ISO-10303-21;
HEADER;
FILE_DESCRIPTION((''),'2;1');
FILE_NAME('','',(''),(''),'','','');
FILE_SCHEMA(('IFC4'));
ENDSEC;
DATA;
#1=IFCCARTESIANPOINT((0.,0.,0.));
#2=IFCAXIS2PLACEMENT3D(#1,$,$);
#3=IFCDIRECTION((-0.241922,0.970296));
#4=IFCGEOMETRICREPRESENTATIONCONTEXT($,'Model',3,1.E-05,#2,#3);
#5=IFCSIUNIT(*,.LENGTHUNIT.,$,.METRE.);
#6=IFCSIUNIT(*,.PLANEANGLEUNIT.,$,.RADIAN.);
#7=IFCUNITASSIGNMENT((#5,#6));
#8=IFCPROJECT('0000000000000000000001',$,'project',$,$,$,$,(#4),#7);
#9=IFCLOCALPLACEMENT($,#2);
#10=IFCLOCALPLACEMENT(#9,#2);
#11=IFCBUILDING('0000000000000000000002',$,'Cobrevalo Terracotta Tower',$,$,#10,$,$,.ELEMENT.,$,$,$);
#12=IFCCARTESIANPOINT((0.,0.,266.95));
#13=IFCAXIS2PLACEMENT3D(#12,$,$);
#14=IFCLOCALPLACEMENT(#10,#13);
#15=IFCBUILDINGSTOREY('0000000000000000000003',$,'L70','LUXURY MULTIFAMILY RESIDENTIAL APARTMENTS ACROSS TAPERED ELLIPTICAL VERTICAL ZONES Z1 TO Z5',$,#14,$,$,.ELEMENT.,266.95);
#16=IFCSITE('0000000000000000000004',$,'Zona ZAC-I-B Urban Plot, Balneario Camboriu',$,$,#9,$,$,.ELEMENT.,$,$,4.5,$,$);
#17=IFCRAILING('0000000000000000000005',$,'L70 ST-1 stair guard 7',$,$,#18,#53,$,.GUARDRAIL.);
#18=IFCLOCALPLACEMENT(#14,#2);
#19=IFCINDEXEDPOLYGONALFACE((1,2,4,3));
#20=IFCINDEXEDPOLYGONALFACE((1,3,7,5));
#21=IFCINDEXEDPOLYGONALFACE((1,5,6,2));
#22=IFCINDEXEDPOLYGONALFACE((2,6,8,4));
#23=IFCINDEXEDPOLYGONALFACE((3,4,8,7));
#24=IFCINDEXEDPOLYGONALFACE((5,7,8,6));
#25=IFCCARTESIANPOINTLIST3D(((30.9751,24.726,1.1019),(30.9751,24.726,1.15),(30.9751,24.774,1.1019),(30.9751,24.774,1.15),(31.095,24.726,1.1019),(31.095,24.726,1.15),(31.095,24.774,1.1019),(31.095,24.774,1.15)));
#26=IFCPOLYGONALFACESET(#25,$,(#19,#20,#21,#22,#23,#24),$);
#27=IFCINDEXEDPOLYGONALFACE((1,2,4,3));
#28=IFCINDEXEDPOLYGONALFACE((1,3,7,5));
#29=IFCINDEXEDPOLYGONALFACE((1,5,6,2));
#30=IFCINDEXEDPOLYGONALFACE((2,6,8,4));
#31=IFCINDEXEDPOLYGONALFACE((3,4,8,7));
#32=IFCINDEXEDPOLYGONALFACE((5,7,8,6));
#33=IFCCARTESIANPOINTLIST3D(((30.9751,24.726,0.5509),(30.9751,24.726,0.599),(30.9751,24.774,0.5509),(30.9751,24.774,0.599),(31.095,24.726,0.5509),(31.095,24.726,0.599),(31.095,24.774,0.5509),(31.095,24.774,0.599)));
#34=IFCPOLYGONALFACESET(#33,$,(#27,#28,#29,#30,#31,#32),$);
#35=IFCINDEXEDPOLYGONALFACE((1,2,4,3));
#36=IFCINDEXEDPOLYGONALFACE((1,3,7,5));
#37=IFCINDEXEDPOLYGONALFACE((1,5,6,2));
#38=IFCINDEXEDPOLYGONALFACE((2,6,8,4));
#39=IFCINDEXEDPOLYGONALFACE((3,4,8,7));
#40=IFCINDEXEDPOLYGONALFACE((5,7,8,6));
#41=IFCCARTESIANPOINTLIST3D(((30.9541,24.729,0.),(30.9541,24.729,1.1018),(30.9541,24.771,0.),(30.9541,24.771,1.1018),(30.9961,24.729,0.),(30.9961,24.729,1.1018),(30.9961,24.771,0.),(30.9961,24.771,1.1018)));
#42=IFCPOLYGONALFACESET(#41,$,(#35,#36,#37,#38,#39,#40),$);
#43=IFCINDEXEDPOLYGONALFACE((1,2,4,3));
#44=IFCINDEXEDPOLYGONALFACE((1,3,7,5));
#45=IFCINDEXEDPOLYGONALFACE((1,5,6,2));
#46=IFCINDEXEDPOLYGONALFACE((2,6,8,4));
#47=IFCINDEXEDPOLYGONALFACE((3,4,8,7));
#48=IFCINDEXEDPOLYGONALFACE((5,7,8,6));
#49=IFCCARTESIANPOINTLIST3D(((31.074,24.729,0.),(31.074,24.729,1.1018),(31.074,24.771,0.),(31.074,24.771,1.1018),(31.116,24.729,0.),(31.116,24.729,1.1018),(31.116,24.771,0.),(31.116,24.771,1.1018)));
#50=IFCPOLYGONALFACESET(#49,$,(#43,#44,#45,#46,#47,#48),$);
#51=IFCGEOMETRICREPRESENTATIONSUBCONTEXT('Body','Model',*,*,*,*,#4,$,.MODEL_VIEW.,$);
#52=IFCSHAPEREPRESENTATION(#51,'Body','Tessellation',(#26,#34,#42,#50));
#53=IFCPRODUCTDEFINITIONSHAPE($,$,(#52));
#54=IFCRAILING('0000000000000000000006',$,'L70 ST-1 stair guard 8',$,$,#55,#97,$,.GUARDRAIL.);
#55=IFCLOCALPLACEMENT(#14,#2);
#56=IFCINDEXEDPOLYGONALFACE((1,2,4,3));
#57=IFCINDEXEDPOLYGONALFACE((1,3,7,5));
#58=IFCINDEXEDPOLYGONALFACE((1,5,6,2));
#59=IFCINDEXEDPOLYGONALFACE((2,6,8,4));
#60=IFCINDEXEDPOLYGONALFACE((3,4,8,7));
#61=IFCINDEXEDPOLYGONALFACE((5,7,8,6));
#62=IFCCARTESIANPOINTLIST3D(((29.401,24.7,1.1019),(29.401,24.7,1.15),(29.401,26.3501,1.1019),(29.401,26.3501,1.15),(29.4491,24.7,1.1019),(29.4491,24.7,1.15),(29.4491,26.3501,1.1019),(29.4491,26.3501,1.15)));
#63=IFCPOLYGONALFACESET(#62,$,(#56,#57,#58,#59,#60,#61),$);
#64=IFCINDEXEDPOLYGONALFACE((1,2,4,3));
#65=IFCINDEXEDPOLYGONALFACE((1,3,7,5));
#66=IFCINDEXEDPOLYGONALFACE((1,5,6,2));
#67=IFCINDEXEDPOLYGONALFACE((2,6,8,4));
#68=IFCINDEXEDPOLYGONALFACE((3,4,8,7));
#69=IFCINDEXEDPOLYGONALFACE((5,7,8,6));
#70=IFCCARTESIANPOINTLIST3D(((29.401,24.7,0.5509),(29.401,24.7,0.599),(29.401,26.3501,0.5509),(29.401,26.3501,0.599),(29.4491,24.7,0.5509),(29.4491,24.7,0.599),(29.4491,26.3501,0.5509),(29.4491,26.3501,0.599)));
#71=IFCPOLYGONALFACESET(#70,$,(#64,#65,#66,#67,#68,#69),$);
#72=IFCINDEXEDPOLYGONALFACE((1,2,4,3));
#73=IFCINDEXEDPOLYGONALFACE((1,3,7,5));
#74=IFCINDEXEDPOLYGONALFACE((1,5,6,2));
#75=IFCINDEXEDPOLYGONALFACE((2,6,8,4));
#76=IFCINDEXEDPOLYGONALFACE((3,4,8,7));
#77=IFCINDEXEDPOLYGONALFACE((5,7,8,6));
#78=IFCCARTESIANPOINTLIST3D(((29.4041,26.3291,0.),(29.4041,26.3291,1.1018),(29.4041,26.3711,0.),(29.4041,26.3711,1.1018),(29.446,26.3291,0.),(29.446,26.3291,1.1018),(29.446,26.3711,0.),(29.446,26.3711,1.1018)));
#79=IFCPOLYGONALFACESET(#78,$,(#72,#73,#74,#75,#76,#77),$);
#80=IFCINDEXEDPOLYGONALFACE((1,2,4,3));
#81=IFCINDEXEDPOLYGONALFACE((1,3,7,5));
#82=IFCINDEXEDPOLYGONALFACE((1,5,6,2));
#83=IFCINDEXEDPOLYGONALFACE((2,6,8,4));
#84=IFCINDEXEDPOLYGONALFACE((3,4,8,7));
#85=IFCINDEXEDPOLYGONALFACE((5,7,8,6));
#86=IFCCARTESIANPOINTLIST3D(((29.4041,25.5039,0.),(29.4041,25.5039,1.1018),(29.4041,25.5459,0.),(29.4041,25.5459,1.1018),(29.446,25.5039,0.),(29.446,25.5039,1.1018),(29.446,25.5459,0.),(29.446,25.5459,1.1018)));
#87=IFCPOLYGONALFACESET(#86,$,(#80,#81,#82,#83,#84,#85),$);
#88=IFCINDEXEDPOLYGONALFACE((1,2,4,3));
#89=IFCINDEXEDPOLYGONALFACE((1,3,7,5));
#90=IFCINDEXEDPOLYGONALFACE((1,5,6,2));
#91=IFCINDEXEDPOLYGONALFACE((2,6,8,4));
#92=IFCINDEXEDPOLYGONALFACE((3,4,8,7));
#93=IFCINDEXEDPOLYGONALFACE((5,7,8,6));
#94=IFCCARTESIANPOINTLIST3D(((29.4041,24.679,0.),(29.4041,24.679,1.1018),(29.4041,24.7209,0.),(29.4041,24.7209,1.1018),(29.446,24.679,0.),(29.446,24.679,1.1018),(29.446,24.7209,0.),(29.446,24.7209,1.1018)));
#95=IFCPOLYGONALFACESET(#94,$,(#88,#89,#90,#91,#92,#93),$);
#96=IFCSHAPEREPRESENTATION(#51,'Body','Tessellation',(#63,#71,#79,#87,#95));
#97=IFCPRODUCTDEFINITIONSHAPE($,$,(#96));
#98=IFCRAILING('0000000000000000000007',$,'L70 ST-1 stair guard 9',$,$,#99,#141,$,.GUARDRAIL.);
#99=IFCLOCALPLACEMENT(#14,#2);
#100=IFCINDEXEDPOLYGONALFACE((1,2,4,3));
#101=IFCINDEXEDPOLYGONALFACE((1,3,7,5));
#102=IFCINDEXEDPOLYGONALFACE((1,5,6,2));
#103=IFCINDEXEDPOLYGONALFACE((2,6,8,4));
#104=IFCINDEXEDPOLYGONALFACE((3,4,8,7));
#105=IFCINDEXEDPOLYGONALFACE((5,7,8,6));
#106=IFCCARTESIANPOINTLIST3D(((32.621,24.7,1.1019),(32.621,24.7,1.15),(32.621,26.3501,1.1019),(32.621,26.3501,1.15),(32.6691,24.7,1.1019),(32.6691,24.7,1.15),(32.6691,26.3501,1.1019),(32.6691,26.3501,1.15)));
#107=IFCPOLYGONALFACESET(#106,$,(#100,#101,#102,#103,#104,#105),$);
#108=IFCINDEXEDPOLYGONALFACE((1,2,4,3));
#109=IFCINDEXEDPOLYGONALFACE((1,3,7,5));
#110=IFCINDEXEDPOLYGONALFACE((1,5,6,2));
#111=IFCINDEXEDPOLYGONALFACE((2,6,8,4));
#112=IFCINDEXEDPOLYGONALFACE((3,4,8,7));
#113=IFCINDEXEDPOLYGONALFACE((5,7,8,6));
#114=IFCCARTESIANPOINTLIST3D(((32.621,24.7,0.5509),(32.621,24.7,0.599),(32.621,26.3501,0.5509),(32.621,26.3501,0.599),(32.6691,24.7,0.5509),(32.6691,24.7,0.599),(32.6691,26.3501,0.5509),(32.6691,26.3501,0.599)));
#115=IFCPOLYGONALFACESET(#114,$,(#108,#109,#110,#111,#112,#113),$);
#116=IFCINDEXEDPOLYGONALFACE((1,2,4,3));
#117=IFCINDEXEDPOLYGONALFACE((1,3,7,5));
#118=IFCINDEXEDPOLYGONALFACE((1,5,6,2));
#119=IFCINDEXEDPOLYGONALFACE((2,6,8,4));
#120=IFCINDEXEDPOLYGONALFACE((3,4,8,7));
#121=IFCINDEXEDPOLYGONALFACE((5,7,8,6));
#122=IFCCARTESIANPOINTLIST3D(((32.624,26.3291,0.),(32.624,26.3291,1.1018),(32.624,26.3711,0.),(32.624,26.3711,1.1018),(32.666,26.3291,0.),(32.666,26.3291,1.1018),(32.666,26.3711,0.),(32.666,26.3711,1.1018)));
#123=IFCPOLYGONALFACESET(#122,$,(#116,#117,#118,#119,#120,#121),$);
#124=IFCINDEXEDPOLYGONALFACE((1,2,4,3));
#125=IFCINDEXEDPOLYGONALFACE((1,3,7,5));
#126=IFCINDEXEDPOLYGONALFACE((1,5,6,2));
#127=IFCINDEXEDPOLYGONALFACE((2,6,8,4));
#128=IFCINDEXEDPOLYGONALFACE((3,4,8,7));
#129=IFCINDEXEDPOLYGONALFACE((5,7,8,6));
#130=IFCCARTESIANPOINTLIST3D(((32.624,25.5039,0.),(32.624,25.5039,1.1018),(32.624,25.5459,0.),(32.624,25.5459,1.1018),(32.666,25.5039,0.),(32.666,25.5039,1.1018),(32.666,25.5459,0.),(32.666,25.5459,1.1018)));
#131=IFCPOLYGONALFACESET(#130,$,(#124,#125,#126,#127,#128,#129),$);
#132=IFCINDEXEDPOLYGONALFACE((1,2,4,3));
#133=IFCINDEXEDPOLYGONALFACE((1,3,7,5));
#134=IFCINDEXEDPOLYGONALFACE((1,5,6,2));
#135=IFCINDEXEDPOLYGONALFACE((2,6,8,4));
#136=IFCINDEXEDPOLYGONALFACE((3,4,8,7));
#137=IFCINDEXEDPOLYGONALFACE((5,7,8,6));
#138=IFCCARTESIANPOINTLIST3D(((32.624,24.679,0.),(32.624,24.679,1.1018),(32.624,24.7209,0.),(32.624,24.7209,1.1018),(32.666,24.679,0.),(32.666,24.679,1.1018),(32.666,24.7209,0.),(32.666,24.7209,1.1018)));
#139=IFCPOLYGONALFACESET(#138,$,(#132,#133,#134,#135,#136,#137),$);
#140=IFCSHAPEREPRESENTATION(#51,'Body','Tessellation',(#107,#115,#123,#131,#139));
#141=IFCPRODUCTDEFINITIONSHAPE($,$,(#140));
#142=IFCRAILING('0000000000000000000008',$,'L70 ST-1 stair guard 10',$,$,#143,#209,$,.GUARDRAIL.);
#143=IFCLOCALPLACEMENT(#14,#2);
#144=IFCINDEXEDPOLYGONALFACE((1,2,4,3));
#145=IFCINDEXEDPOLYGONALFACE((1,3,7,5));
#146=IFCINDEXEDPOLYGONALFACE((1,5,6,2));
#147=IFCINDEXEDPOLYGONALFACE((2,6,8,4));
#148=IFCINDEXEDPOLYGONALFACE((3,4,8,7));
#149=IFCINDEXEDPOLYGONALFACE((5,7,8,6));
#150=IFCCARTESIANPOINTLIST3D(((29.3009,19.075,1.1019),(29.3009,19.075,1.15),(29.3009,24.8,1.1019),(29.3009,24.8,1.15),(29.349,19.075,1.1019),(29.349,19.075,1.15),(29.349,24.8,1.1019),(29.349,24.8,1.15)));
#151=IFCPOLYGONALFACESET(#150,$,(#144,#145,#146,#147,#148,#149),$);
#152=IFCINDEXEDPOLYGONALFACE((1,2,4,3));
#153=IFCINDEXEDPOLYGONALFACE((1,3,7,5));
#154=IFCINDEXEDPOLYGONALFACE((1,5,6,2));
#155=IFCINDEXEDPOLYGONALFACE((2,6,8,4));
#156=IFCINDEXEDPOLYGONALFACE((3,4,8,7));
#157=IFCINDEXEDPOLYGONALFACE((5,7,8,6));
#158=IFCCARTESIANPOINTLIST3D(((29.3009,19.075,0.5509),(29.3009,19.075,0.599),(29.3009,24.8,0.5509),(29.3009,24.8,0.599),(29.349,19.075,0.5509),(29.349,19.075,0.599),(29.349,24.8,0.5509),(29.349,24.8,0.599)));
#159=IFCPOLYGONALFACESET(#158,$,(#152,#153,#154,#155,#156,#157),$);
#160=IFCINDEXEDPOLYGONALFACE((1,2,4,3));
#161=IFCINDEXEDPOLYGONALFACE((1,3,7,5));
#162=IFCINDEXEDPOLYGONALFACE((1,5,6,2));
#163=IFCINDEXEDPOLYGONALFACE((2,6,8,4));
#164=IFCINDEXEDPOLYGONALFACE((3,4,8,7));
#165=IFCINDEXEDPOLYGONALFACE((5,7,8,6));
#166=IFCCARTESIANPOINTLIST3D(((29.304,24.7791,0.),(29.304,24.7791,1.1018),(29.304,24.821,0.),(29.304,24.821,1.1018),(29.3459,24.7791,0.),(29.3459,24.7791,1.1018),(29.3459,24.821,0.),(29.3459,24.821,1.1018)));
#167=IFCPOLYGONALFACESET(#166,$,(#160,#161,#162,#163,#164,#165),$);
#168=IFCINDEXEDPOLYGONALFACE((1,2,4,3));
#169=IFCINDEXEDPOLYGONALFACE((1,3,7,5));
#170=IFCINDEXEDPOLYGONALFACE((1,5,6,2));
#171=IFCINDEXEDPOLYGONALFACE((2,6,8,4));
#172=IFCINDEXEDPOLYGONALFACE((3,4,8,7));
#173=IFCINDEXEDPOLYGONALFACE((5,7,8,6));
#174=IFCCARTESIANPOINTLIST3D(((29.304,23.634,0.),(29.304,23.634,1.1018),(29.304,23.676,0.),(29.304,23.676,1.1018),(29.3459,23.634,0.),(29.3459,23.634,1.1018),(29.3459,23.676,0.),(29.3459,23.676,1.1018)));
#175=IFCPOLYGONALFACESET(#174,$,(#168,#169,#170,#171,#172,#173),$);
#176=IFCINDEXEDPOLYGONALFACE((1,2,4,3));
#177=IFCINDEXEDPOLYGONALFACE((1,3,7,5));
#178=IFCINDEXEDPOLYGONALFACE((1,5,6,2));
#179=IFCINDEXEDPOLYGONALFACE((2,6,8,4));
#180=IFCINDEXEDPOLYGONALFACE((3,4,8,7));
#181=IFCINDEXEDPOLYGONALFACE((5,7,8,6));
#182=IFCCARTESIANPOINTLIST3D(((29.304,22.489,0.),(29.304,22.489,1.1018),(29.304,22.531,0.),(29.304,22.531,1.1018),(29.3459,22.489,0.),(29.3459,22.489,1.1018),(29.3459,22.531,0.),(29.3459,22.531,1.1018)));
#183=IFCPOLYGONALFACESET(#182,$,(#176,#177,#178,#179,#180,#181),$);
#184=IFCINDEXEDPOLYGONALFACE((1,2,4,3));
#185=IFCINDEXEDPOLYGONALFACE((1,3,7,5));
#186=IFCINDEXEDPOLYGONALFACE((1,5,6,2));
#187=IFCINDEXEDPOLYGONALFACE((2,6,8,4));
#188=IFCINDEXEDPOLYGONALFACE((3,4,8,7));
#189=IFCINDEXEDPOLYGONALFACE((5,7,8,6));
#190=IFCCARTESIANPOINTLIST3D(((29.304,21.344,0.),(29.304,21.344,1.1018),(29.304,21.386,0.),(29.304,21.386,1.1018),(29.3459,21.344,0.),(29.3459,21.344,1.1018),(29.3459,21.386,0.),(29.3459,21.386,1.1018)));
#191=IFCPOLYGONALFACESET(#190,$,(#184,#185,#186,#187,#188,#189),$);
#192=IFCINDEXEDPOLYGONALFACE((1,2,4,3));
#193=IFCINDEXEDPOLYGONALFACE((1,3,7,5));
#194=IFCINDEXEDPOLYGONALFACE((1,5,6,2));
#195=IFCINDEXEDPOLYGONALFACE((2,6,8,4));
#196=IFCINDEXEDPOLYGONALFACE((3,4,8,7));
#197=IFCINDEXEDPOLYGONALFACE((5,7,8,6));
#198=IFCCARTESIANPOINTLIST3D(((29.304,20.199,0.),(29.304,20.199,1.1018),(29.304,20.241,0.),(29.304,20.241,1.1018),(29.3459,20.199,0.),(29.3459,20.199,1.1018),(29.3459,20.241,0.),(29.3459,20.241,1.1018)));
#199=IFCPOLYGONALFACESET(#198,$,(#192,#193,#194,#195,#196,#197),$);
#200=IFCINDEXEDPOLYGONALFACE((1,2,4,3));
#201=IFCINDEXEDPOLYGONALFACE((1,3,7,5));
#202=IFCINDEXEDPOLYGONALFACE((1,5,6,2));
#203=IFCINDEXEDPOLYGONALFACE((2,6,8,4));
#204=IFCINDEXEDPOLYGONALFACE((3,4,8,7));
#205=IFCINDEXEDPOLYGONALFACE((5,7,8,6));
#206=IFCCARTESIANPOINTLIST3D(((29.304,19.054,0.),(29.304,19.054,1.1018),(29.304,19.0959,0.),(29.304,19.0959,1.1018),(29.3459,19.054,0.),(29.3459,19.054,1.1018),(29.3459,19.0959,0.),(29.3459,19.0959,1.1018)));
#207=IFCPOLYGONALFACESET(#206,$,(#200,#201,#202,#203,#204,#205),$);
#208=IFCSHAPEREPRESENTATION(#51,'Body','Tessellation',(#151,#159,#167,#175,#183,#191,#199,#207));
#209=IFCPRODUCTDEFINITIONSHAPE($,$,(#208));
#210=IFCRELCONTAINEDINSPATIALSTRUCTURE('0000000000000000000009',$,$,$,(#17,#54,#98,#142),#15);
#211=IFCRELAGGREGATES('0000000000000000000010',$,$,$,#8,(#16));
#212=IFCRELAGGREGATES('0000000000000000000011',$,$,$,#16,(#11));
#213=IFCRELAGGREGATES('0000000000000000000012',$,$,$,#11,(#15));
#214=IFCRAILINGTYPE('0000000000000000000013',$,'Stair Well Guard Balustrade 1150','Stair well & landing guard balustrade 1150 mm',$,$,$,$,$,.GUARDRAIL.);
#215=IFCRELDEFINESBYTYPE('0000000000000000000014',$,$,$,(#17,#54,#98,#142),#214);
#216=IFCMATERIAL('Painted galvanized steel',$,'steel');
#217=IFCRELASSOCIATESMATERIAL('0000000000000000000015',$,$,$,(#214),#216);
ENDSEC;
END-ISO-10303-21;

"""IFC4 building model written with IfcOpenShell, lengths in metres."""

from ifc_helpers import new_model, si_unit, direction, frame, origin, origin_2d, place, context, subcontext, project, spatial, rectangle, extrude, material, type_object, element, save


model = new_model("IFC4")

# Units and contexts
model_context = context("Model", 3, precision=1e-05, world=origin(), true_north=direction((-0.241922, 0.970296)))
body_context = subcontext(model_context, "Body", "Model", "MODEL_VIEW")
ifc_project = project(units=[si_unit("LENGTHUNIT", "METRE"), si_unit("PLANEANGLEUNIT", "RADIAN")], contexts=[model_context])

# Site, building, storey
site_placement = place(None, origin())
site = spatial("IfcSite", under=ifc_project, at=site_placement, Name="Zona ZAC-I-B Urban Plot, Balneario Camboriu", CompositionType="ELEMENT", RefElevation=4.5)
building_placement = place(site_placement, origin())
building = spatial("IfcBuilding", under=site, at=building_placement, Name="Cobrevalo Terracotta Tower", CompositionType="ELEMENT")
storey_placement = place(building_placement, frame((0.0, 0.0, 266.95)))
storey = spatial("IfcBuildingStorey", under=building, at=storey_placement, Name="L70", Description="LUXURY MULTIFAMILY RESIDENTIAL APARTMENTS ACROSS TAPERED ELLIPTICAL VERTICAL ZONES Z1 TO Z5", CompositionType="ELEMENT", Elevation=266.95)

# Railings
ifc_material_1 = material(Name="Painted galvanized steel", Category="steel")
railing_type_1 = type_object("IfcRailingType", Name="Stair Well Guard Balustrade 1150", Description="Stair well & landing guard balustrade 1150 mm", PredefinedType="GUARDRAIL", material=ifc_material_1)
railing_1_placement = place(storey_placement, frame((30.9751, 24.75, 0.0)))
element("IfcRailing", 1, at=railing_1_placement, inside=storey, type_object=railing_type_1, Name="L70 ST-1 stair guard 7", PredefinedType="GUARDRAIL", context=body_context, shape_type="SweptSolid", body=[
    extrude(rectangle(XDim=0.0481, YDim=0.0481, at=origin_2d()), frame((0.0, 0.0, 1.126), z_axis=(1.0, 0.0, 0.0), x_axis=(0.0, 1.0, 0.0)), (0.0, 0.0, 1.0), 0.1199),
    extrude(rectangle(XDim=0.0481, YDim=0.0481, at=origin_2d()), frame((0.0, 0.0, 0.575), z_axis=(1.0, 0.0, 0.0), x_axis=(0.0, 1.0, 0.0)), (0.0, 0.0, 1.0), 0.1199),
    extrude(rectangle(XDim=0.042, YDim=0.042, at=origin_2d()), origin(), (0.0, 0.0, 1.0), 1.1018),
    extrude(rectangle(XDim=0.042, YDim=0.042, at=origin_2d()), frame((0.1199, 0.0, 0.0)), (0.0, 0.0, 1.0), 1.1018),
])
for number, where, name in (
    (2, (29.425, 26.3501, 0.0), "L70 ST-1 stair guard 8"),
    (3, (32.645, 26.3501, 0.0), "L70 ST-1 stair guard 9"),
):
    element("IfcRailing", number, at=place(storey_placement, frame(where)), inside=storey, type_object=railing_type_1, Name=name, PredefinedType="GUARDRAIL", context=body_context, shape_type="SweptSolid", body=[
        extrude(rectangle(XDim=0.0481, YDim=0.0481, at=origin_2d()), frame((0.0, 0.0, 1.126), z_axis=(0.0, -1.0, 0.0), x_axis=(1.0, 0.0, 0.0)), (0.0, 0.0, 1.0), 1.6501),
        extrude(rectangle(XDim=0.0481, YDim=0.0481, at=origin_2d()), frame((0.0, 0.0, 0.575), z_axis=(0.0, -1.0, 0.0), x_axis=(1.0, 0.0, 0.0)), (0.0, 0.0, 1.0), 1.6501),
        extrude(rectangle(XDim=0.042, YDim=0.042, at=origin_2d()), origin(), (0.0, 0.0, 1.0), 1.1018),
        extrude(rectangle(XDim=0.042, YDim=0.042, at=origin_2d()), frame((0.0, -0.8252, 0.0)), (0.0, 0.0, 1.0), 1.1018),
        extrude(rectangle(XDim=0.042, YDim=0.042, at=origin_2d()), frame((0.0, -1.6501, 0.0)), (0.0, 0.0, 1.0), 1.1018),
    ])
for number, where, name in (
    (4, (29.325, 24.8, 0.0), "L70 ST-1 stair guard 10"),
):
    element("IfcRailing", number, at=place(storey_placement, frame(where)), inside=storey, type_object=railing_type_1, Name=name, PredefinedType="GUARDRAIL", context=body_context, shape_type="SweptSolid", body=[
        extrude(rectangle(XDim=0.0481, YDim=0.0481, at=origin_2d()), frame((0.0, 0.0, 1.126), z_axis=(0.0, -1.0, 0.0), x_axis=(1.0, 0.0, 0.0)), (0.0, 0.0, 1.0), 5.7251),
        extrude(rectangle(XDim=0.0481, YDim=0.0481, at=origin_2d()), frame((0.0, 0.0, 0.575), z_axis=(0.0, -1.0, 0.0), x_axis=(1.0, 0.0, 0.0)), (0.0, 0.0, 1.0), 5.7251),
        extrude(rectangle(XDim=0.042, YDim=0.042, at=origin_2d()), origin(), (0.0, 0.0, 1.0), 1.1018),
        extrude(rectangle(XDim=0.042, YDim=0.042, at=origin_2d()), frame((0.0, -1.145, 0.0)), (0.0, 0.0, 1.0), 1.1018),
        extrude(rectangle(XDim=0.042, YDim=0.042, at=origin_2d()), frame((0.0, -2.29, 0.0)), (0.0, 0.0, 1.0), 1.1018),
        extrude(rectangle(XDim=0.042, YDim=0.042, at=origin_2d()), frame((0.0, -3.4351, 0.0)), (0.0, 0.0, 1.0), 1.1018),
        extrude(rectangle(XDim=0.042, YDim=0.042, at=origin_2d()), frame((0.0, -4.5801, 0.0)), (0.0, 0.0, 1.0), 1.1018),
        extrude(rectangle(XDim=0.042, YDim=0.042, at=origin_2d()), frame((0.0, -5.7251, 0.0)), (0.0, 0.0, 1.0), 1.1018),
    ])

save(model, "model.ifc")
